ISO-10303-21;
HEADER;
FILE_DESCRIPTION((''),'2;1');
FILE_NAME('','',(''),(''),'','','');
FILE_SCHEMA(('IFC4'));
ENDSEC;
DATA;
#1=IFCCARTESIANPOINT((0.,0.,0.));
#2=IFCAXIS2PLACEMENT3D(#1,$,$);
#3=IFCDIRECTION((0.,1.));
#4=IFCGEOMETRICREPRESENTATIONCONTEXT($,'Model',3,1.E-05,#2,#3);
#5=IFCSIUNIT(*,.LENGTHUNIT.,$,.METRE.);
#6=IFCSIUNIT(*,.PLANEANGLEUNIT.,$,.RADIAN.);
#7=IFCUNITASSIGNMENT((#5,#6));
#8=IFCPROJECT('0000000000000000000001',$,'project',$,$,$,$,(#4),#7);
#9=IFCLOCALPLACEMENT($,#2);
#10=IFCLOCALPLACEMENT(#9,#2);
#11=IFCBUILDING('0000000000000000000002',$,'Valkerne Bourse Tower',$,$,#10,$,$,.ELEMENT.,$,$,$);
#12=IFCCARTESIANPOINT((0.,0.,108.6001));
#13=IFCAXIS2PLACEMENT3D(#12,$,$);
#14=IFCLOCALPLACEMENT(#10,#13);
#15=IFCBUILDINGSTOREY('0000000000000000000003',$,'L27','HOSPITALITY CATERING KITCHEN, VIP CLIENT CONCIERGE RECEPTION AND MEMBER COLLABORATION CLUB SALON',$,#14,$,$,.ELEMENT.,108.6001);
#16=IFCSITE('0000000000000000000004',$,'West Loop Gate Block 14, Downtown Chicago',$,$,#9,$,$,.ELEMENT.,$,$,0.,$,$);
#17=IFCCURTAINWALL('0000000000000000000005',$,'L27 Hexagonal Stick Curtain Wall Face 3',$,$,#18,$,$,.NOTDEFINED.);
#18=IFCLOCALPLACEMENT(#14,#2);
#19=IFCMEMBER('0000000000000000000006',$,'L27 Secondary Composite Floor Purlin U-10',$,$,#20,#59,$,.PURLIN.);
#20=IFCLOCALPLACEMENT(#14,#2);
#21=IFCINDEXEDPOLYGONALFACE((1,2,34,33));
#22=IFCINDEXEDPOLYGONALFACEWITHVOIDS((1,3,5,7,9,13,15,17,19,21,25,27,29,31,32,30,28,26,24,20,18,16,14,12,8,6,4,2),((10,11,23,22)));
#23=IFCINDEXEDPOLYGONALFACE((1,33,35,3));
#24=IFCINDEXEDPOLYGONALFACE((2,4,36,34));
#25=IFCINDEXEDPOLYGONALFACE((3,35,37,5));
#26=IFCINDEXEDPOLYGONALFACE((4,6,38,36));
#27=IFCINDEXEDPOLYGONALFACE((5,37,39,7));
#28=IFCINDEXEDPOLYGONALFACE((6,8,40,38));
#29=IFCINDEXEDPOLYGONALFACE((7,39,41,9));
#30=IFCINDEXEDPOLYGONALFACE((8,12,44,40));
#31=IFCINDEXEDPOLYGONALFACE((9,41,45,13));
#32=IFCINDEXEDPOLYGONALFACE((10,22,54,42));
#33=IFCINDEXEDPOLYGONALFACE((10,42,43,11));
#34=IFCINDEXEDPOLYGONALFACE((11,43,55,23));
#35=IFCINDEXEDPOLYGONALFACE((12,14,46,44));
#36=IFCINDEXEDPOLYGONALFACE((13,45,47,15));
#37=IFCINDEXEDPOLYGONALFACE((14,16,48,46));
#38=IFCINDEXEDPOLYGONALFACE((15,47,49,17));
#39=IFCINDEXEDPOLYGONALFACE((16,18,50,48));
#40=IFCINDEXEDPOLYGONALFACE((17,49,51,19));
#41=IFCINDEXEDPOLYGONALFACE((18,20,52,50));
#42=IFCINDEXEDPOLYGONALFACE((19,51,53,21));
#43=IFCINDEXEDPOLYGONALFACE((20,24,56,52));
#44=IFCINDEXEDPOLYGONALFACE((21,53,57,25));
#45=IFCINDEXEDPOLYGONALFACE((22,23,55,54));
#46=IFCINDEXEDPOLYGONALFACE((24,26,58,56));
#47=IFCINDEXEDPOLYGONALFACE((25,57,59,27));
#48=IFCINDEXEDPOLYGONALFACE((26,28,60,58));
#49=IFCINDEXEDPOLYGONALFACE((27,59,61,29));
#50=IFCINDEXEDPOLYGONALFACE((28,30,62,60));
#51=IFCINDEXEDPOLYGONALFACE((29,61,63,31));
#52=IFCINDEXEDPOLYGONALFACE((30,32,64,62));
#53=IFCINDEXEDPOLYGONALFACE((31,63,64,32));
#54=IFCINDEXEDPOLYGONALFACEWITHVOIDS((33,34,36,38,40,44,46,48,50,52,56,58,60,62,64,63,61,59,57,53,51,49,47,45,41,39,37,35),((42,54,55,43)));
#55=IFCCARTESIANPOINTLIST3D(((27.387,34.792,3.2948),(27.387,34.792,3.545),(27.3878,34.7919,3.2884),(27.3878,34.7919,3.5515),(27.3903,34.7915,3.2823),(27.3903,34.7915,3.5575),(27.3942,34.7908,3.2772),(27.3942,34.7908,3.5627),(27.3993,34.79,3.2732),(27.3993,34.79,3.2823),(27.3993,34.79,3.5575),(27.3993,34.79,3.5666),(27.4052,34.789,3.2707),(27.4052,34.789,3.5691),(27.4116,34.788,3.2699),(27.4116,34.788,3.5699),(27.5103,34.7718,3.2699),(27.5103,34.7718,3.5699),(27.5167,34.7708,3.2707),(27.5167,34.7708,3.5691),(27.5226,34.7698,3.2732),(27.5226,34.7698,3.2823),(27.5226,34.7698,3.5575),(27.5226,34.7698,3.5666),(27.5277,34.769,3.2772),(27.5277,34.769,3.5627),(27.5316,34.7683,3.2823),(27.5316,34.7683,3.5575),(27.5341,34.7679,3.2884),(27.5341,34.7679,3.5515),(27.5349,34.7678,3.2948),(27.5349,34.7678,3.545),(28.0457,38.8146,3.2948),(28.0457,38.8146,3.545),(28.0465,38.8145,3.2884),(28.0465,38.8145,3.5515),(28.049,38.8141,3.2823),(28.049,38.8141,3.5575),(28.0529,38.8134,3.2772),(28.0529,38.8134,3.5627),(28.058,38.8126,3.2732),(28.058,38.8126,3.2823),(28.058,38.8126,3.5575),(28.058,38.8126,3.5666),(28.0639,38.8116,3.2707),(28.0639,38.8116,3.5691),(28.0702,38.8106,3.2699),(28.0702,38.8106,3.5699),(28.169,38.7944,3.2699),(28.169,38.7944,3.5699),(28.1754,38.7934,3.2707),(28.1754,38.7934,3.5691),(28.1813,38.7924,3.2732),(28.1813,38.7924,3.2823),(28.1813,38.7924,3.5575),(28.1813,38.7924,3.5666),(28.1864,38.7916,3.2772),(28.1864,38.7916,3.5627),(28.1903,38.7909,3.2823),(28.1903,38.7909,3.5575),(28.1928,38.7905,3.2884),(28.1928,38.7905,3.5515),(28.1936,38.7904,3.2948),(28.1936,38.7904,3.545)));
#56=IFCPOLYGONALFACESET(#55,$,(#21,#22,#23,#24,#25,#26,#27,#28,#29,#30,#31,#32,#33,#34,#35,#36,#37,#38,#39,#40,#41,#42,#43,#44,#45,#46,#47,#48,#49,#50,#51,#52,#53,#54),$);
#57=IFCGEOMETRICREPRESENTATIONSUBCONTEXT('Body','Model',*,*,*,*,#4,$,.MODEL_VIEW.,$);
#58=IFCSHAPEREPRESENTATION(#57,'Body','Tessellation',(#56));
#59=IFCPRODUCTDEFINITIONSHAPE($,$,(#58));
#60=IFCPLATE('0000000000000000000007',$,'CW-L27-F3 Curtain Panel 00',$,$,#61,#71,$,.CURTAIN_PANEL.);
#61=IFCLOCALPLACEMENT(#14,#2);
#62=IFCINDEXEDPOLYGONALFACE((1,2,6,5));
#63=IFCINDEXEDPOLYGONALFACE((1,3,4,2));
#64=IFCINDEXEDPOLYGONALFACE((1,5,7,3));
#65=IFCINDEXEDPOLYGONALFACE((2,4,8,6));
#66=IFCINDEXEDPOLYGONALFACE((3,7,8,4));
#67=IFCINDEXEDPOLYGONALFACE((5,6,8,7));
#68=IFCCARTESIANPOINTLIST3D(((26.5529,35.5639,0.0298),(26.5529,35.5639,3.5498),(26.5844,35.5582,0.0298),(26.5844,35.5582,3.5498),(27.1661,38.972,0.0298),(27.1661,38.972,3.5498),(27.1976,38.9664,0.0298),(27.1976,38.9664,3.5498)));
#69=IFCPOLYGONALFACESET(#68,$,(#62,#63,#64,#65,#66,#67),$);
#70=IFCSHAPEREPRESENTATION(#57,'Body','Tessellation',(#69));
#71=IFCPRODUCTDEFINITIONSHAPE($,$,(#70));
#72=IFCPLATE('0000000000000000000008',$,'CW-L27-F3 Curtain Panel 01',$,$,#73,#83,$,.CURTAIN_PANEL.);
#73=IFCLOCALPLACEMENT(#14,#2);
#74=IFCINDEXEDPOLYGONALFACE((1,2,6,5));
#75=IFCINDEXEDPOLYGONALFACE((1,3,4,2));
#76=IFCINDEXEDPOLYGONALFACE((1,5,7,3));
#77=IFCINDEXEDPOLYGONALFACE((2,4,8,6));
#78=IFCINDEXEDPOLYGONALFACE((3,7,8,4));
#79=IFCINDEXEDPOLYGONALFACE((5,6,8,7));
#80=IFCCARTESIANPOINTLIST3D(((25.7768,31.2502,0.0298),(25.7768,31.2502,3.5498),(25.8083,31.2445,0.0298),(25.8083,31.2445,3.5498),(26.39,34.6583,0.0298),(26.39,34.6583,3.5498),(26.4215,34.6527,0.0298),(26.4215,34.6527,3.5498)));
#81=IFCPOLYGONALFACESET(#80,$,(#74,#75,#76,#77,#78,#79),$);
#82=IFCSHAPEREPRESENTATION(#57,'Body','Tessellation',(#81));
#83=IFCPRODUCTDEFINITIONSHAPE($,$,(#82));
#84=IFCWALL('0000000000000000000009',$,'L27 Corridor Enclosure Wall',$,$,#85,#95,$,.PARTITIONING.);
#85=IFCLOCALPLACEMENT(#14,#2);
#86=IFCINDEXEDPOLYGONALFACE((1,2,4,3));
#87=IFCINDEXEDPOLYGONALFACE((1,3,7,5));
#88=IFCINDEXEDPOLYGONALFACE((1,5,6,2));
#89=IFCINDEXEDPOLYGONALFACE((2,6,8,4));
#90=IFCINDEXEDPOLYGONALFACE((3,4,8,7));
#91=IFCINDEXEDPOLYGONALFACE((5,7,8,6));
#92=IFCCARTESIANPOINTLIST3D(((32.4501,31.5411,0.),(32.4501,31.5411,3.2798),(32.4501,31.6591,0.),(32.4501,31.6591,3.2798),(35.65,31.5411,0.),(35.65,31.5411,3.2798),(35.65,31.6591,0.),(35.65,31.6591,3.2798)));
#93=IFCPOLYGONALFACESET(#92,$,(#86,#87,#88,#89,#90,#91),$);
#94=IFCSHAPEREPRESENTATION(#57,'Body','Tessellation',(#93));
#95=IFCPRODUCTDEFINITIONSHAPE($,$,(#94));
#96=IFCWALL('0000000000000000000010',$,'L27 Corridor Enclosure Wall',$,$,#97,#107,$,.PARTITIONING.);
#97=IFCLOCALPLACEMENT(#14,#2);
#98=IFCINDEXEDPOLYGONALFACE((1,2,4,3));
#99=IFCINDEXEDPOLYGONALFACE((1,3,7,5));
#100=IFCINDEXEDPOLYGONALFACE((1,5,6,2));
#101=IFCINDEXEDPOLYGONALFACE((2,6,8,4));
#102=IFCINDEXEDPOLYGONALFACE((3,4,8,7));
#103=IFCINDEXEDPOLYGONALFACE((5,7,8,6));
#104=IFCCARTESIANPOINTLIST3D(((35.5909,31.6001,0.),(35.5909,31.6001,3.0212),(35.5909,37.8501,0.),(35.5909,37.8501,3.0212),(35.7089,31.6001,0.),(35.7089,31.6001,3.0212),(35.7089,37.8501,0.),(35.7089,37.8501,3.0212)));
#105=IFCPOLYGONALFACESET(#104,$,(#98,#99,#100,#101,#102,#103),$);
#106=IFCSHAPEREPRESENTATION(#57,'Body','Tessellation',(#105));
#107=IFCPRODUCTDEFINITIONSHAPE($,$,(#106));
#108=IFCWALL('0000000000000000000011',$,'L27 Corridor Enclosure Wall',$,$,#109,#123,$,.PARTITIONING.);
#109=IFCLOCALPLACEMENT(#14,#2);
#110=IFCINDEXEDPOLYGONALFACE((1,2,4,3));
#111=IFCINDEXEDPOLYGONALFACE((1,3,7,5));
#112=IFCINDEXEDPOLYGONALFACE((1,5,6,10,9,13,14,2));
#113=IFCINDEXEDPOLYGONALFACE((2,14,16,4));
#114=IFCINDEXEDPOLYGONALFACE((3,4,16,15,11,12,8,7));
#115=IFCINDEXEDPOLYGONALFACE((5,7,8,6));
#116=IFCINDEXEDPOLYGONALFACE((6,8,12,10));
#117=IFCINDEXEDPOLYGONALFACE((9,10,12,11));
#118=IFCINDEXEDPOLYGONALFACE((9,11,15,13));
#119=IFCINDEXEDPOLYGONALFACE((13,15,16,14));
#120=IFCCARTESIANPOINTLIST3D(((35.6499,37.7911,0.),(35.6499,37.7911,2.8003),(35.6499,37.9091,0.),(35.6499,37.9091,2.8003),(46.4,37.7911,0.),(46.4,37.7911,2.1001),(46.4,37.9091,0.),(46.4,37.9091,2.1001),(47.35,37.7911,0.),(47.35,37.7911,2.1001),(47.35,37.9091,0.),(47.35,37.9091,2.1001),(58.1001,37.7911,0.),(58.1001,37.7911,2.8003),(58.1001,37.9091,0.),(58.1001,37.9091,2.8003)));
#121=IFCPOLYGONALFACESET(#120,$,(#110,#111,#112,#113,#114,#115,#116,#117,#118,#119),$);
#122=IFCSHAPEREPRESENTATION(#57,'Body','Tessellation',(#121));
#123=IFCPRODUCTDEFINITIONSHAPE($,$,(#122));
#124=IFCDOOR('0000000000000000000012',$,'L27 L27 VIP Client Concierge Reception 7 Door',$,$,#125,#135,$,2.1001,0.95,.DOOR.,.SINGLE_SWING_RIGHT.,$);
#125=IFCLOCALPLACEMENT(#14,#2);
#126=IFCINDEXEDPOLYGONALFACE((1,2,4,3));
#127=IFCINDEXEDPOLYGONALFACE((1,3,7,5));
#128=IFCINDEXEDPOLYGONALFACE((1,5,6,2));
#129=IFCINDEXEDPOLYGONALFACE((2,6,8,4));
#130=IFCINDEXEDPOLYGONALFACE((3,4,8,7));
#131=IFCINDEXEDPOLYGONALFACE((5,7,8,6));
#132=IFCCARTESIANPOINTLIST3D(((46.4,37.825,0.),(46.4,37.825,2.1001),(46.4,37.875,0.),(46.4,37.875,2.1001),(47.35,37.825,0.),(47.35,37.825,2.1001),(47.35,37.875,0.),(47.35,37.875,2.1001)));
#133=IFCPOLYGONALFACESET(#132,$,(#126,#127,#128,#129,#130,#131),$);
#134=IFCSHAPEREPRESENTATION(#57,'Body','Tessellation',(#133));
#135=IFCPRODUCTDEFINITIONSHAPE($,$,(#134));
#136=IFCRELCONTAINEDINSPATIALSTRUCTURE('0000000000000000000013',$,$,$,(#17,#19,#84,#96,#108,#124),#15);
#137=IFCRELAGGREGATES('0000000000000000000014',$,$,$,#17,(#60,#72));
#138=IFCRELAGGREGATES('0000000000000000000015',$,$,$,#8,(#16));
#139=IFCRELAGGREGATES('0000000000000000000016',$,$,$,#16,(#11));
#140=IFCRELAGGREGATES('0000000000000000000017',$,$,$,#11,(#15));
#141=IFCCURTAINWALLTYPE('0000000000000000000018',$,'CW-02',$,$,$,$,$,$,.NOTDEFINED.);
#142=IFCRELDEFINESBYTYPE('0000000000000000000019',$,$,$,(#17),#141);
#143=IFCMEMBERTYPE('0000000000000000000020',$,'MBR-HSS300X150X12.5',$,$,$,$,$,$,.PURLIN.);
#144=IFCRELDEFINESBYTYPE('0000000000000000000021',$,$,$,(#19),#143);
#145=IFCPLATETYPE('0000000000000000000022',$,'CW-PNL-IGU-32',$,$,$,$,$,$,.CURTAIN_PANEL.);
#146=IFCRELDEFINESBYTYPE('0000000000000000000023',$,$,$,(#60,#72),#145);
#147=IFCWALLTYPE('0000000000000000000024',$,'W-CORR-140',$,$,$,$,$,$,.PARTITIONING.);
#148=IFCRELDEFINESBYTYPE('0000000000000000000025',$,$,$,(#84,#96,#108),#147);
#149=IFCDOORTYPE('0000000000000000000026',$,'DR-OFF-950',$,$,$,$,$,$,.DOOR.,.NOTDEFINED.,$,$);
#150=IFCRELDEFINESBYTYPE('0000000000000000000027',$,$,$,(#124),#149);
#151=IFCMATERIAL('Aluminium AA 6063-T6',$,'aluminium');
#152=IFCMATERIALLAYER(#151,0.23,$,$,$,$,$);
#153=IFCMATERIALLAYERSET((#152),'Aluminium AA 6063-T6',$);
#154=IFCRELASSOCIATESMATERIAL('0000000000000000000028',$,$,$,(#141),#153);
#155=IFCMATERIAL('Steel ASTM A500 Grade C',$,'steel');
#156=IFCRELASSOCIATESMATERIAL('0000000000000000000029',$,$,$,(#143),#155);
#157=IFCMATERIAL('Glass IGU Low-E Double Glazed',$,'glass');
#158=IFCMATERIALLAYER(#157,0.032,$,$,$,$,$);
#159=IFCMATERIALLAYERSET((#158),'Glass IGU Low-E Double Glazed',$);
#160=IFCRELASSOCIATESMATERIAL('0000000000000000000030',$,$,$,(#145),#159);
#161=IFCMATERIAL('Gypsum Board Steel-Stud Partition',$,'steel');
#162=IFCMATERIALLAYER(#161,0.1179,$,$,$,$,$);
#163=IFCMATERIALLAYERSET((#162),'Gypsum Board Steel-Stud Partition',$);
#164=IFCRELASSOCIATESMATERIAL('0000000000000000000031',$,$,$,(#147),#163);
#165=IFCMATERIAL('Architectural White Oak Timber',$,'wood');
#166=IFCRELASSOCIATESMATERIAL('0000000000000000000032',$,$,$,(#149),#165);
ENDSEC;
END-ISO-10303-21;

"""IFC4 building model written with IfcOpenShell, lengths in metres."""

from ifc_helpers import new_model, si_unit, direction, frame, frame_2d, origin, origin_2d, place, context, subcontext, project, spatial, rectangle, hollow_rectangle, extrude, material, layer, layer_set, material_profile, profile_set, type_object, element, fill, aggregate, save


model = new_model("IFC4")

# Units and contexts
model_context = context("Model", 3, precision=1e-05, world=origin(), true_north=direction((0.0, 1.0)))
body_context = subcontext(model_context, "Body", "Model", "MODEL_VIEW")
ifc_project = project(units=[si_unit("LENGTHUNIT", "METRE"), si_unit("PLANEANGLEUNIT", "RADIAN")], contexts=[model_context])

# Site, building, storey
site_placement = place(None, origin())
site = spatial("IfcSite", under=ifc_project, at=site_placement, Name="West Loop Gate Block 14, Downtown Chicago", CompositionType="ELEMENT", RefElevation=0.0)
building_placement = place(site_placement, origin())
building = spatial("IfcBuilding", under=site, at=building_placement, Name="Valkerne Bourse Tower", CompositionType="ELEMENT")
storey_placement = place(building_placement, frame((0.0, 0.0, 108.6001)))
storey = spatial("IfcBuildingStorey", under=building, at=storey_placement, Name="L27", Description="HOSPITALITY CATERING KITCHEN, VIP CLIENT CONCIERGE RECEPTION AND MEMBER COLLABORATION CLUB SALON", CompositionType="ELEMENT", Elevation=108.6001)

# Curtain wall
ifc_material_1 = material(Name="Aluminium AA 6063-T6", Category="aluminium")
ifc_layer_1 = layer(ifc_material_1, 0.23)
ifc_layer_set_1 = layer_set([ifc_layer_1], Name="Aluminium AA 6063-T6")
curtain_wall_type = type_object("IfcCurtainWallType", Name="CW-02", PredefinedType="NOTDEFINED", material=ifc_layer_set_1)
curtain_wall_placement = place(storey_placement, origin())
curtain_wall = element("IfcCurtainWall", 1, at=curtain_wall_placement, inside=storey, type_object=curtain_wall_type, Name="L27 Hexagonal Stick Curtain Wall Face 3", PredefinedType="NOTDEFINED")

# Member
ifc_material_2 = material(Name="Steel ASTM A500 Grade C", Category="steel")
ifc_material_profile_1 = material_profile(ifc_material_2, hollow_rectangle(XDim=0.1499, YDim=0.3, WallThickness=0.0125, OuterFilletRadius=0.0249, at=origin_2d()), Name="HSS300X150X12.5")
ifc_profile_set_1 = profile_set([ifc_material_profile_1], Name="Steel ASTM A500 Grade C")
member_type_1 = type_object("IfcMemberType", Name="MBR-HSS300X150X12.5", PredefinedType="PURLIN", material=ifc_profile_set_1)
member_1_placement = place(storey_placement, frame((28.1196, 38.8025, 3.4199), z_axis=(-0.161591, -0.986858, 0.0), x_axis=(0.986858, -0.161591, 0.0)))
element("IfcMember", 2, at=member_1_placement, inside=storey, type_object=member_type_1, Name="L27 Secondary Composite Floor Purlin U-10", PredefinedType="PURLIN", context=body_context, shape_type="SweptSolid", body=[
    extrude(hollow_rectangle(XDim=0.1499, YDim=0.3, WallThickness=0.0125, OuterFilletRadius=0.0249, at=origin_2d()), origin(), (0.0, 0.0, 1.0), 4.0762),
])

# Plates
ifc_material_3 = material(Name="Glass IGU Low-E Double Glazed", Category="glass")
ifc_layer_2 = layer(ifc_material_3, 0.032)
ifc_layer_set_2 = layer_set([ifc_layer_2], Name="Glass IGU Low-E Double Glazed")
plate_type = type_object("IfcPlateType", Name="CW-PNL-IGU-32", PredefinedType="CURTAIN_PANEL", material=ifc_layer_set_2)
plate_1_placement = place(storey_placement, frame((26.8752, 37.2651, 0.0298), z_axis=(0.0, 0.0, 1.0), x_axis=(-0.17709, -0.984195, 0.0)))
plate_1 = element("IfcPlate", 3, at=plate_1_placement, type_object=plate_type, Name="CW-L27-F3 Curtain Panel 00", PredefinedType="CURTAIN_PANEL", context=body_context, shape_type="SweptSolid", body=[
    extrude(rectangle(XDim=3.4629, YDim=0.032, at=origin_2d()), origin(), (0.0, 0.0, 1.0), 3.52),
])
plate_2_placement = place(storey_placement, frame((26.0991, 32.9514, 0.0298), z_axis=(0.0, 0.0, 1.0), x_axis=(-0.177072, -0.984198, 0.0)))
plate_2 = element("IfcPlate", 4, at=plate_2_placement, type_object=plate_type, Name="CW-L27-F3 Curtain Panel 01", PredefinedType="CURTAIN_PANEL", context=body_context, shape_type="SweptSolid", body=[
    extrude(rectangle(XDim=3.4629, YDim=0.032, at=origin_2d()), origin(), (0.0, 0.0, 1.0), 3.52),
])
aggregate(curtain_wall, [plate_1, plate_2])

# Walls
ifc_material_4 = material(Name="Gypsum Board Steel-Stud Partition", Category="steel")
ifc_layer_3 = layer(ifc_material_4, 0.1179)
ifc_layer_set_3 = layer_set([ifc_layer_3], Name="Gypsum Board Steel-Stud Partition")
wall_type_1 = type_object("IfcWallType", Name="W-CORR-140", PredefinedType="PARTITIONING", material=ifc_layer_set_3)
wall_1_placement = place(storey_placement, frame((32.45, 31.6001, 0.0), z_axis=(0.0, 0.0, 1.0), x_axis=(1.0, 0.0, 0.0)))
element("IfcWall", 5, at=wall_1_placement, inside=storey, type_object=wall_type_1, Name="L27 Corridor Enclosure Wall", PredefinedType="PARTITIONING", context=body_context, shape_type="SweptSolid", body=[
    extrude(rectangle(XDim=3.2, YDim=0.1179, at=frame_2d((1.6001, 0.0))), origin(), (0.0, 0.0, 1.0), 3.2798),
])
wall_2_placement = place(storey_placement, frame((35.6499, 31.6001, 0.0), z_axis=(0.0, 0.0, 1.0), x_axis=(0.0, 1.0, 0.0)))
element("IfcWall", 6, at=wall_2_placement, inside=storey, type_object=wall_type_1, Name="L27 Corridor Enclosure Wall", PredefinedType="PARTITIONING", context=body_context, shape_type="SweptSolid", body=[
    extrude(rectangle(XDim=6.25, YDim=0.1179, at=frame_2d((3.125, 0.0))), origin(), (0.0, 0.0, 1.0), 3.0212),
])

# Wall, opening, door
wall_3_placement = place(storey_placement, frame((35.6499, 37.8501, 0.0), z_axis=(0.0, 0.0, 1.0), x_axis=(1.0, 0.0, 0.0)))
wall_3 = element("IfcWall", 7, at=wall_3_placement, inside=storey, type_object=wall_type_1, Name="L27 Corridor Enclosure Wall", PredefinedType="PARTITIONING", context=body_context, shape_type="SweptSolid", body=[
    extrude(rectangle(XDim=22.4502, YDim=0.1179, at=frame_2d((11.2251, 0.0))), origin(), (0.0, 0.0, 1.0), 2.8003),
])
opening_1_placement = place(wall_3_placement, frame((10.75, 0.0, 0.0)))
opening_1 = element("IfcOpeningElement", 8, at=opening_1_placement, cuts=wall_3, PredefinedType="OPENING", context=body_context, shape_type="SweptSolid", body=[
    extrude(rectangle(XDim=0.95, YDim=2.1001, at=frame_2d((0.4751, 1.05))), frame((0.0, 0.0688, 0.0), z_axis=(0.0, -1.0, 0.0), x_axis=(1.0, 0.0, 0.0)), (0.0, 0.0, 1.0), 0.1379),
])
ifc_material_5 = material(Name="Architectural White Oak Timber", Category="wood")
door_type_1 = type_object("IfcDoorType", Name="DR-OFF-950", OperationType="NOTDEFINED", PredefinedType="DOOR", material=ifc_material_5)
door_1_placement = place(opening_1_placement, origin())
door_1 = element("IfcDoor", 9, at=door_1_placement, inside=storey, type_object=door_type_1, Name="L27 L27 VIP Client Concierge Reception 7 Door", OperationType="SINGLE_SWING_RIGHT", OverallHeight=2.1001, OverallWidth=0.95, PredefinedType="DOOR", context=body_context, shape_type="SweptSolid", body=[
    extrude(rectangle(XDim=0.95, YDim=2.1001, at=frame_2d((0.4751, 1.05))), frame((0.0, 0.0249, 0.0), z_axis=(0.0, -1.0, 0.0), x_axis=(1.0, 0.0, 0.0)), (0.0, 0.0, 1.0), 0.05),
])
fill(opening_1, door_1)

save(model, "model.ifc")
